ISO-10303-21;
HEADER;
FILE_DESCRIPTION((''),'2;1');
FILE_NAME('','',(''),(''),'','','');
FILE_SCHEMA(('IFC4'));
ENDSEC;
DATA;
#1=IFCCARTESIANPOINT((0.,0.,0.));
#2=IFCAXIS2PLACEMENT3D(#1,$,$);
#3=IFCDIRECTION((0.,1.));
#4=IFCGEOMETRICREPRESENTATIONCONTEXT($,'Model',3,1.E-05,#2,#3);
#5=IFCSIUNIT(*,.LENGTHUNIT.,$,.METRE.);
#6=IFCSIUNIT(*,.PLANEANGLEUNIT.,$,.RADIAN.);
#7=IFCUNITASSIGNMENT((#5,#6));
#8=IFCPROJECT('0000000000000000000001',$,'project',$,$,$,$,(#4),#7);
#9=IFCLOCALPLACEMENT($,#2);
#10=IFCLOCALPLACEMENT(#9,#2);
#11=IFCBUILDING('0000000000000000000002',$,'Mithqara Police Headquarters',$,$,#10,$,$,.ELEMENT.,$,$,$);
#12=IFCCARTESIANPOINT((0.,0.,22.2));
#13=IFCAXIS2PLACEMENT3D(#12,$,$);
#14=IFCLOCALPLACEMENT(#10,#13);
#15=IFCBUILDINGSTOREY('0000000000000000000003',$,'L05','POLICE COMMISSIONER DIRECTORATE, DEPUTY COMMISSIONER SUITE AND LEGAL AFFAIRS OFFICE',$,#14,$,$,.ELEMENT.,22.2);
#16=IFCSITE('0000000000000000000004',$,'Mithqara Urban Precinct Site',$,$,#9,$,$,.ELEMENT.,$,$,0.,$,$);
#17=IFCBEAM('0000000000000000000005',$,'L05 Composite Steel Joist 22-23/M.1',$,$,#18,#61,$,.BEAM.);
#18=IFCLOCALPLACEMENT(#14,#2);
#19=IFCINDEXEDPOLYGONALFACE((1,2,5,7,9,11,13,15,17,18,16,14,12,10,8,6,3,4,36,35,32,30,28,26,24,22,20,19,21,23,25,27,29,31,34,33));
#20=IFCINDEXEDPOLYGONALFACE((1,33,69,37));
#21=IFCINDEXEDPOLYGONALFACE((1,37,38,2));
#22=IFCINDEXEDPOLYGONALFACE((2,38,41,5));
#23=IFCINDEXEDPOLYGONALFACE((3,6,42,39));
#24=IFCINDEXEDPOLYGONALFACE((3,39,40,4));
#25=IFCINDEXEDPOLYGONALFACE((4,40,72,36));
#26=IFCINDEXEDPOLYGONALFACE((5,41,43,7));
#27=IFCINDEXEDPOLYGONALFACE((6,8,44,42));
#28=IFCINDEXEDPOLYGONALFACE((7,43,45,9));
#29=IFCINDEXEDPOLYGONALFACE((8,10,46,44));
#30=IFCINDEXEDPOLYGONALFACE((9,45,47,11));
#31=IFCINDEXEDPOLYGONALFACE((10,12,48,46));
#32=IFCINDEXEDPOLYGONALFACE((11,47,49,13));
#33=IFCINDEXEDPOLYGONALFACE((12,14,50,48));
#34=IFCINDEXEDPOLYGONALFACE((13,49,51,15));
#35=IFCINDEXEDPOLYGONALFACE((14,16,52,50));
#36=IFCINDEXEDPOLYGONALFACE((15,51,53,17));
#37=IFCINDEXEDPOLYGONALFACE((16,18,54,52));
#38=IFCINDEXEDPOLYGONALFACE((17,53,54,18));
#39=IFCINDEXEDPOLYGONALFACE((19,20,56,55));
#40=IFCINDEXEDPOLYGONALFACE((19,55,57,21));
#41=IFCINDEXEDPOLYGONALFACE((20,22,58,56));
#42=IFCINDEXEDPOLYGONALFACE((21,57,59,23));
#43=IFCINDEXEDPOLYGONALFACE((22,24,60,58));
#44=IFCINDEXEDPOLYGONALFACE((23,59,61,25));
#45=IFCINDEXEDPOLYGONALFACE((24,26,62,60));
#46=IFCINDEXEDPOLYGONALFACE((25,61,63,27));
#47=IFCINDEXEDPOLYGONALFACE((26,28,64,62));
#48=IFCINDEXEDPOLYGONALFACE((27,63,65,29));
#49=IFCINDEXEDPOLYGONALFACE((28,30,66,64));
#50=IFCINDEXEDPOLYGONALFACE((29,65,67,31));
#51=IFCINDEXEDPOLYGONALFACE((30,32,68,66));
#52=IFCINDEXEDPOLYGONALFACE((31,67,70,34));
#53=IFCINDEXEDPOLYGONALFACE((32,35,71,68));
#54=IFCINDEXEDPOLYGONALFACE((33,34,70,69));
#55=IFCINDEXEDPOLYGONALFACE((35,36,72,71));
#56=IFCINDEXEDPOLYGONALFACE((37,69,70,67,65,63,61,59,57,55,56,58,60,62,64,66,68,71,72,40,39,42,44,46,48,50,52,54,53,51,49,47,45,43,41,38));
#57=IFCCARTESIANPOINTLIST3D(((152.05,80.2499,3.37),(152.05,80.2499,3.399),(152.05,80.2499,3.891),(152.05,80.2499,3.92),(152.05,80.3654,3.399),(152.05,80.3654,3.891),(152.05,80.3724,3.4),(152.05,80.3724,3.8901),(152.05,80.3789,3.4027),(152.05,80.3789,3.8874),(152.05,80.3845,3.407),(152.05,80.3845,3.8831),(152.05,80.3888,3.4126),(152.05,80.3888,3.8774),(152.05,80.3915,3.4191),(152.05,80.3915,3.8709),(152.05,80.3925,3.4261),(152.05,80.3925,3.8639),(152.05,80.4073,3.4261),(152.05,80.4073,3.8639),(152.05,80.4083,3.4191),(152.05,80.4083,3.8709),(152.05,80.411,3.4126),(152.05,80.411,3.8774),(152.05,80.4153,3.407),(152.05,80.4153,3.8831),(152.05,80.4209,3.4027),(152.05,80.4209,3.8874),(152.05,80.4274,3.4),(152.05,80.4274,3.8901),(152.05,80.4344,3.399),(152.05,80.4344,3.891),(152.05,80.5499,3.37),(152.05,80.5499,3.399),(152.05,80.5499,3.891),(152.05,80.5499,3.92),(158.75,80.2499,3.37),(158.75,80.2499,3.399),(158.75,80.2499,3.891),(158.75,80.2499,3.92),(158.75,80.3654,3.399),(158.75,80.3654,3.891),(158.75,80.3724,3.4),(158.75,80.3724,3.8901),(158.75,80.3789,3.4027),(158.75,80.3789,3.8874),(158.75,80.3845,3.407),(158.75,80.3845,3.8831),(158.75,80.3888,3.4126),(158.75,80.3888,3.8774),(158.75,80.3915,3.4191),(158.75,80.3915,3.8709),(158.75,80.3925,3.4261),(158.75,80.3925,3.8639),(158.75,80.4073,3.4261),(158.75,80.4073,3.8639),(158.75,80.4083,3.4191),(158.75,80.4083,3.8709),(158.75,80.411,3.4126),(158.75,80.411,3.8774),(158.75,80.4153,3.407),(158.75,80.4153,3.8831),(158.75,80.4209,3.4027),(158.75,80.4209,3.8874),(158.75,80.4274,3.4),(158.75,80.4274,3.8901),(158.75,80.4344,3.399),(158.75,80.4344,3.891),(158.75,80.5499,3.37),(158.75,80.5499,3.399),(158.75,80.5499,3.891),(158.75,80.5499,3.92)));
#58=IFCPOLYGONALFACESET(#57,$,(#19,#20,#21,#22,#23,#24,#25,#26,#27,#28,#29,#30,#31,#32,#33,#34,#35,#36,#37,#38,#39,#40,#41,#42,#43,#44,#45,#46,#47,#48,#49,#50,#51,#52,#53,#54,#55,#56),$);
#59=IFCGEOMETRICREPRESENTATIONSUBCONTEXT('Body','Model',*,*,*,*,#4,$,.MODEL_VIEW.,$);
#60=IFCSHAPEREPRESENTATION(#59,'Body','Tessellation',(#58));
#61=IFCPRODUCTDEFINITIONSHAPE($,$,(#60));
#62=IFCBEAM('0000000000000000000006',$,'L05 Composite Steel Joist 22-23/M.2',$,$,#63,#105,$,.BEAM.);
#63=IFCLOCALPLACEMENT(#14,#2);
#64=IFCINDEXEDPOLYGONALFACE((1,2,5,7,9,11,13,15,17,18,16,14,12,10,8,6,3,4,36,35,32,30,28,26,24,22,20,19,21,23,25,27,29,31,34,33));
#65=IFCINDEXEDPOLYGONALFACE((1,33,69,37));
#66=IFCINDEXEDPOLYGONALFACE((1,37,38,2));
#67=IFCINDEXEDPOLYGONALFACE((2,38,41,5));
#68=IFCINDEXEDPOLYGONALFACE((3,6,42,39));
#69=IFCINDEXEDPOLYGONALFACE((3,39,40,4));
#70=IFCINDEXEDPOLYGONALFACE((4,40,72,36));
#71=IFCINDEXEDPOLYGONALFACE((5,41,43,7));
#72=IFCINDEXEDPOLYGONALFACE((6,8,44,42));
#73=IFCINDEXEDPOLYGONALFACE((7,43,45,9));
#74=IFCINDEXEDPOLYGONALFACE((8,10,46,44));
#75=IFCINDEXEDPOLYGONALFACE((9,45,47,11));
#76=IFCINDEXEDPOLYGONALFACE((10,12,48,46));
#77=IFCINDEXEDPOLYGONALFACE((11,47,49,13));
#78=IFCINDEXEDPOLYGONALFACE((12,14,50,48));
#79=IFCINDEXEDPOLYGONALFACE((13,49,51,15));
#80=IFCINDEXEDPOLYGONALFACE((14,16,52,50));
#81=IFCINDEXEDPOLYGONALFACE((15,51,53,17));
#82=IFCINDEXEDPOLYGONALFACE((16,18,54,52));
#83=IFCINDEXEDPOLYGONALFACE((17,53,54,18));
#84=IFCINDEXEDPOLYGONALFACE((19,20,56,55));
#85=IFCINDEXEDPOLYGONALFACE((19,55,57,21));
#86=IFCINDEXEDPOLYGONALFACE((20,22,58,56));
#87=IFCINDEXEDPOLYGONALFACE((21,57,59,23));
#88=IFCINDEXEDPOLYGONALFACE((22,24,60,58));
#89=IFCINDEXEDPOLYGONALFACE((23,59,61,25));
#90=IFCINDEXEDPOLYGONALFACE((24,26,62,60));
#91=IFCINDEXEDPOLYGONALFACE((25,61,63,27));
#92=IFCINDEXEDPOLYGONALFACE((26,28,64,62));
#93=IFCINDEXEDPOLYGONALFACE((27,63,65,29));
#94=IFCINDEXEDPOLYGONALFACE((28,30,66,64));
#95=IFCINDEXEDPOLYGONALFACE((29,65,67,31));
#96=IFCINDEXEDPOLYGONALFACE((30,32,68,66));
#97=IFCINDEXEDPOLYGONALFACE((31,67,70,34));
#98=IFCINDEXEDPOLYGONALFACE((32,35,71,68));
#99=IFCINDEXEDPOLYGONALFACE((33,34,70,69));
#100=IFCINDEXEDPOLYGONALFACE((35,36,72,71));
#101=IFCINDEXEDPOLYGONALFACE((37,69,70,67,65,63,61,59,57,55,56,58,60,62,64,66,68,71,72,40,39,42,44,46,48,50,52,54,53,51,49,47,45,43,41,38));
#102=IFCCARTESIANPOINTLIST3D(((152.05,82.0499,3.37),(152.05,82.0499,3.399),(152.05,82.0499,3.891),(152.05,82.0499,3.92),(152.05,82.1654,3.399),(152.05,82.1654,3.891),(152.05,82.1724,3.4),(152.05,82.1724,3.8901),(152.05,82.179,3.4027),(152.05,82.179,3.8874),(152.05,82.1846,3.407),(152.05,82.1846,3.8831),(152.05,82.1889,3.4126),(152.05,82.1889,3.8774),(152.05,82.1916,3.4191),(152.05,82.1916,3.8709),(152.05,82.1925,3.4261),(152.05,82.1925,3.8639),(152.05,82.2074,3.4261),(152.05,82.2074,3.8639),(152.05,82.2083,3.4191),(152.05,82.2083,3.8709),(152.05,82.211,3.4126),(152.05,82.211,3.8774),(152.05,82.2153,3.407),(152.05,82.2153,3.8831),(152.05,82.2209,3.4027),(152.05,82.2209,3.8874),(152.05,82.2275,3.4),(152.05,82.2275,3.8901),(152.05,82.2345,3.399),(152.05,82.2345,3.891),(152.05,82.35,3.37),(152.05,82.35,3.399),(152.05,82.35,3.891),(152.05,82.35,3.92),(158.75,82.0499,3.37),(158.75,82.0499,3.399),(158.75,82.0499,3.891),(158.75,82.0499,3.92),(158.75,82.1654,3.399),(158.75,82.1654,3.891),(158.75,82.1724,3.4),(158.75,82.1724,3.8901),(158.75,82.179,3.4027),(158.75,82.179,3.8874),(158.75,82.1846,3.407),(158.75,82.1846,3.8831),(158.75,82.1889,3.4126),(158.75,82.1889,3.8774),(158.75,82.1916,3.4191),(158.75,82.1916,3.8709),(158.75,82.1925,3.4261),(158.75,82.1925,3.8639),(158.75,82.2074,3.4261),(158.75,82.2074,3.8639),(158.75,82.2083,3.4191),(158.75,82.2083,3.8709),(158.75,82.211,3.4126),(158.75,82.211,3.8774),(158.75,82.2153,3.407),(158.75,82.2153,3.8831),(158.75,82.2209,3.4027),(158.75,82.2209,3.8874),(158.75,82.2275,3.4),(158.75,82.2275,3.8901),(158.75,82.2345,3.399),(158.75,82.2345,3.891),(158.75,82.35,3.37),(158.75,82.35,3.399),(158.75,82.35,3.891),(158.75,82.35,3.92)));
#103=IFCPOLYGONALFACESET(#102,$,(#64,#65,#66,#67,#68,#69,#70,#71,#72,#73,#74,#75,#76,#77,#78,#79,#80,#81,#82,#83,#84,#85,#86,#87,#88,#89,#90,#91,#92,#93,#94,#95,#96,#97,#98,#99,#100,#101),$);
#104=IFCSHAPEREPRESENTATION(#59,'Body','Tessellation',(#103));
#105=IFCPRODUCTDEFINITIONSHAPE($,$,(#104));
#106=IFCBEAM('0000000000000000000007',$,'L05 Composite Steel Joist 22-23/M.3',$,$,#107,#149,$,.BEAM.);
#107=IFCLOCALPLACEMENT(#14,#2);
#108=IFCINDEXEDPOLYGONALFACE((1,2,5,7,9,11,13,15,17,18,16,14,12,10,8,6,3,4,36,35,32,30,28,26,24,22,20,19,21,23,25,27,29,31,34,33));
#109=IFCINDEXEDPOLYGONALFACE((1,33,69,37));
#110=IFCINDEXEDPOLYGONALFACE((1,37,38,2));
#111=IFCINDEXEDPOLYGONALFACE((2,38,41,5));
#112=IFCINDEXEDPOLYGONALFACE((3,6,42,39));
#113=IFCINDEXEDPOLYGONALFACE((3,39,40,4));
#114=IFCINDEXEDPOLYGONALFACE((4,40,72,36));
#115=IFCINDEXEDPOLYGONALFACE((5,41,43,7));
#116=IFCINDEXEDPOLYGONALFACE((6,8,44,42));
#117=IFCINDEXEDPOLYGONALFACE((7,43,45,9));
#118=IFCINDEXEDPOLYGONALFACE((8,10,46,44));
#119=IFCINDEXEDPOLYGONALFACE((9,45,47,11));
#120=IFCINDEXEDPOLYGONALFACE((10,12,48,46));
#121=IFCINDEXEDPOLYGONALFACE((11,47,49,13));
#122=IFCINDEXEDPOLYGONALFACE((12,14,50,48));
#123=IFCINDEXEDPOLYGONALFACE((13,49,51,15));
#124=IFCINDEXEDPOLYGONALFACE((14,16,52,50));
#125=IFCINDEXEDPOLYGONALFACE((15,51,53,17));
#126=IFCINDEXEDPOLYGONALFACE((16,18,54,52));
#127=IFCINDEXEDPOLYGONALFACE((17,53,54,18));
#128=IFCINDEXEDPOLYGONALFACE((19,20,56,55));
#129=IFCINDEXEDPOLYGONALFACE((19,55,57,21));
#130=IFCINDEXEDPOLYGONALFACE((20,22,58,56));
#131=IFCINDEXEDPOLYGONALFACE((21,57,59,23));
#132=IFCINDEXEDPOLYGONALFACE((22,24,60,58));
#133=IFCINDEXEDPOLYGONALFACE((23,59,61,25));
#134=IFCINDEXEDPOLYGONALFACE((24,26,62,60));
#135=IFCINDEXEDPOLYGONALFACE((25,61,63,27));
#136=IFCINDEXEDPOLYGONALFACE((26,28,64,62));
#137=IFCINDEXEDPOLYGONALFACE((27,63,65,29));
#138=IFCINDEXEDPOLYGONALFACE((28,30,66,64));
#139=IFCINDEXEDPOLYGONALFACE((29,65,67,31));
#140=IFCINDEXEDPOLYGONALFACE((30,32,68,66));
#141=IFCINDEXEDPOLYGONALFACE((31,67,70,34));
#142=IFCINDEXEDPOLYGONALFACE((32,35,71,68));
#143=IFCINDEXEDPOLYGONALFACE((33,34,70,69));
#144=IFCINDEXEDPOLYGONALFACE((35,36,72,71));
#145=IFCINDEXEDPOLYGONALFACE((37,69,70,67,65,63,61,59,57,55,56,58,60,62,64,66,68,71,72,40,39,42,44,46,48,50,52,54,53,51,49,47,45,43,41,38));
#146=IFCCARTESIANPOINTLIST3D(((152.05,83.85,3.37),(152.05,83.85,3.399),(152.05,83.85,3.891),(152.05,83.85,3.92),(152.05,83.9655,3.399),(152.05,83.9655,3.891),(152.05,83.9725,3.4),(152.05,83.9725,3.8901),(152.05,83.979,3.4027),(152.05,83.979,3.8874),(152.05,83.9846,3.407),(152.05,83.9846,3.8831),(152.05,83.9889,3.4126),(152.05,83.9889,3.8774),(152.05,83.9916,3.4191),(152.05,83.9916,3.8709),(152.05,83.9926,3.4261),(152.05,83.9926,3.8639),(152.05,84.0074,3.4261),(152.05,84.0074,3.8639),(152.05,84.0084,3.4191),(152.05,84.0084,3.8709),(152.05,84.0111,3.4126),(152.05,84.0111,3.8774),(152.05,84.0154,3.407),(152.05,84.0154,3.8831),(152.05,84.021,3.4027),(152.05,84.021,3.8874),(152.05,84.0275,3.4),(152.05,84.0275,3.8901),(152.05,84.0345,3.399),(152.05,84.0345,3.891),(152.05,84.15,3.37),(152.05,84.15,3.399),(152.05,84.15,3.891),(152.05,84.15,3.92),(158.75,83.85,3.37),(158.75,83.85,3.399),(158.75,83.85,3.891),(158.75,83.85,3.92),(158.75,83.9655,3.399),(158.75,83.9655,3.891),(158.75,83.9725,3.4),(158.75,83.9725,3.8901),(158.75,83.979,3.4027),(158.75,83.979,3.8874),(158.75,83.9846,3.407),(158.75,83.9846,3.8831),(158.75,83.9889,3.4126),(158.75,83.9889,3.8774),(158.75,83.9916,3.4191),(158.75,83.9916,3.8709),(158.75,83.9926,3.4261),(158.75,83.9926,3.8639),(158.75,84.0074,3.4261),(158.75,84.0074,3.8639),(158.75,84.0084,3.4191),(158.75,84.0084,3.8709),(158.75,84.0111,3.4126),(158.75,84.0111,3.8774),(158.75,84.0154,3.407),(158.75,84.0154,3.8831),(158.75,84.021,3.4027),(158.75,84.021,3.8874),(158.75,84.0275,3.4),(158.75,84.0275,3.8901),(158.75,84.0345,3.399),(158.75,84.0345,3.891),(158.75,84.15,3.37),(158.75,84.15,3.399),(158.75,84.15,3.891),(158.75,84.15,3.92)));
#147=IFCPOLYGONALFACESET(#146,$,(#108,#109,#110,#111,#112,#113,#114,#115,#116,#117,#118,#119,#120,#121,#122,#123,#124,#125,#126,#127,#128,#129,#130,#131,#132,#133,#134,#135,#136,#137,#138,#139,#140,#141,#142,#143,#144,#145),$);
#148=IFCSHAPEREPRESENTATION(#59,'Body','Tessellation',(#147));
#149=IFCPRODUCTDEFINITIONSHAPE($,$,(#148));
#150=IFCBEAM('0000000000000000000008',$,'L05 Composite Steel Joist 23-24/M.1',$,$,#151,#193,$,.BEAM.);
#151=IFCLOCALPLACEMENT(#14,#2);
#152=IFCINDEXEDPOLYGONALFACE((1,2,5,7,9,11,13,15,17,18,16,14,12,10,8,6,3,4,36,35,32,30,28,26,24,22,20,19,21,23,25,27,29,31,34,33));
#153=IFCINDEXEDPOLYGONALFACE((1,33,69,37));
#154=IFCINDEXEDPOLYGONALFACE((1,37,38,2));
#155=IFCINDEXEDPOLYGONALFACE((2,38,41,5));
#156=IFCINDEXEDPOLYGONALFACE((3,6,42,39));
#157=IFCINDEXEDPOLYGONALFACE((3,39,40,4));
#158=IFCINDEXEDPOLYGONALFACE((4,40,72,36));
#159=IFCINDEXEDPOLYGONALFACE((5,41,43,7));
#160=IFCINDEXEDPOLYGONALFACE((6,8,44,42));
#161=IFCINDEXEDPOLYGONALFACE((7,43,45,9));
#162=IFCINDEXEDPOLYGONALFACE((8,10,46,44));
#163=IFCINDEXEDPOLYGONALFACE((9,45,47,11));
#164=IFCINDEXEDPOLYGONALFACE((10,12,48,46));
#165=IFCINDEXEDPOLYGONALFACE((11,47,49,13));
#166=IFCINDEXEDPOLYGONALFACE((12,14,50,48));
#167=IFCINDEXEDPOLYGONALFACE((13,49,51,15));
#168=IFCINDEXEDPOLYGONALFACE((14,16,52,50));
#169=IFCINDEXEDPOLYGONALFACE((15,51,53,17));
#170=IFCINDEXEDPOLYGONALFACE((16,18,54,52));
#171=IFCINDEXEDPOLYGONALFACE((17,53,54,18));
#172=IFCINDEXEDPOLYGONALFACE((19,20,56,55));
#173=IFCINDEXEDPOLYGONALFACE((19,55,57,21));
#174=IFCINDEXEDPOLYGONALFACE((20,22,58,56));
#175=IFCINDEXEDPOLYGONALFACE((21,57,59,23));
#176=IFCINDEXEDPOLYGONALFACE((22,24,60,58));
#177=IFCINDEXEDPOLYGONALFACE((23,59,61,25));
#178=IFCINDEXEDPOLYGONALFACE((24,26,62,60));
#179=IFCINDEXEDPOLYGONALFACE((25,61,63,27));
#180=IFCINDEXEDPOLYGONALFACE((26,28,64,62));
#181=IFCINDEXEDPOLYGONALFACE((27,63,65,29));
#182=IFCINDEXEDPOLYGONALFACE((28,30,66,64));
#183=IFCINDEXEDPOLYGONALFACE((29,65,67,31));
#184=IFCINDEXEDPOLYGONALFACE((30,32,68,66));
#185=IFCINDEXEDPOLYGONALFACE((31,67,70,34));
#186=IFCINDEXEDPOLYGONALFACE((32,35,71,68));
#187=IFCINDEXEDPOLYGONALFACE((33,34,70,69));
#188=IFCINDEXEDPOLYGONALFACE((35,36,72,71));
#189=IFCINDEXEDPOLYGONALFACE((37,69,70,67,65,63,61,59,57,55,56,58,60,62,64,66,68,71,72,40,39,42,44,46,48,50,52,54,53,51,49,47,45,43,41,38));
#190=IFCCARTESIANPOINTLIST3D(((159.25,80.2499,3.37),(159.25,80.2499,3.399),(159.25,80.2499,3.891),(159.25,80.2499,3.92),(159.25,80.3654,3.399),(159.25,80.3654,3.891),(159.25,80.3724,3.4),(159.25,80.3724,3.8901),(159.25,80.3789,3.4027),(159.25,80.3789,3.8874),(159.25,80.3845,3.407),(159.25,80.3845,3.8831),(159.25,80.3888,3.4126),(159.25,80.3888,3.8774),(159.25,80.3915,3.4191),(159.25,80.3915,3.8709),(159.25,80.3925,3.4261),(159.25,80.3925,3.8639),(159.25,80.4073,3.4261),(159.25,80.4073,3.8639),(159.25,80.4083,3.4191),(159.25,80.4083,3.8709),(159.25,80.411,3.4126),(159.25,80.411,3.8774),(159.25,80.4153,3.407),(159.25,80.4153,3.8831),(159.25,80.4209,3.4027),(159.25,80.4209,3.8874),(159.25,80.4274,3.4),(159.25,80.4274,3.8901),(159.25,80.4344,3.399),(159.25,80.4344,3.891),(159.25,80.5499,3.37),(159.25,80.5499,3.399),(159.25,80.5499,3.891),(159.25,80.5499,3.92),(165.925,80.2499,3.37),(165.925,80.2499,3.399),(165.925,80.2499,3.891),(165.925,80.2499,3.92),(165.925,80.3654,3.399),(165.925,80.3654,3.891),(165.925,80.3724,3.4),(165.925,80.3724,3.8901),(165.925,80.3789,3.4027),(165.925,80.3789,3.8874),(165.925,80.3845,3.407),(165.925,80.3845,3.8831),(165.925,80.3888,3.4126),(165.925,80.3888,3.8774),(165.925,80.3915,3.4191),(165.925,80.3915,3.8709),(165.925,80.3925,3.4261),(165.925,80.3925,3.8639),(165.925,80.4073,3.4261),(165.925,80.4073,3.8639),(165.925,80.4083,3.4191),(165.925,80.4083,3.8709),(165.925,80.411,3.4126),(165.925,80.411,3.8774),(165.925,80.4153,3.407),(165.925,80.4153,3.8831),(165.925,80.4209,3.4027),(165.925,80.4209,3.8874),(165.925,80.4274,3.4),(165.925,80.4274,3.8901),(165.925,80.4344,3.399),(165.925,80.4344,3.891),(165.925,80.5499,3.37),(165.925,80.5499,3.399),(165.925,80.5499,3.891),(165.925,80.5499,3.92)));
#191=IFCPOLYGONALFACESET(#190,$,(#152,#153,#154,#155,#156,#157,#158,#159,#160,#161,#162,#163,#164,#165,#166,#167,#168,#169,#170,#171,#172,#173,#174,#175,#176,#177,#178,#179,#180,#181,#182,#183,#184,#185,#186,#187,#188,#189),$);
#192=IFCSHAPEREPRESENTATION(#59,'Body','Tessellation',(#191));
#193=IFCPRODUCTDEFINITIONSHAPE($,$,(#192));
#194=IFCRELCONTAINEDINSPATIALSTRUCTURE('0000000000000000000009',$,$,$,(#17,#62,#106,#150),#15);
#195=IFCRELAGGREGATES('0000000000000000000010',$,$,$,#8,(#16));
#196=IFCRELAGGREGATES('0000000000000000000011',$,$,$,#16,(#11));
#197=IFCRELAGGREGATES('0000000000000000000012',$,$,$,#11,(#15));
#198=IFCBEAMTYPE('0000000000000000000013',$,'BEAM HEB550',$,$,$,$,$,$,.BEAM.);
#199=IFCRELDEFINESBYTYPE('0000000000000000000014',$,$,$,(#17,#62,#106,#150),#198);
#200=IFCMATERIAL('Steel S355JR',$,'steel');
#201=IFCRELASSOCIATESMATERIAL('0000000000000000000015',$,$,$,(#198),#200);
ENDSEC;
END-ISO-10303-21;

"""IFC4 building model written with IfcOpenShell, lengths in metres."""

from ifc_helpers import new_model, si_unit, direction, frame, origin, origin_2d, place, context, subcontext, project, spatial, i_section, extrude, material, material_profile, profile_set, type_object, element, save


model = new_model("IFC4")

# Units and contexts
model_context = context("Model", 3, precision=1e-05, world=origin(), true_north=direction((0.0, 1.0)))
body_context = subcontext(model_context, "Body", "Model", "MODEL_VIEW")
ifc_project = project(units=[si_unit("LENGTHUNIT", "METRE"), si_unit("PLANEANGLEUNIT", "RADIAN")], contexts=[model_context])

# Site, building, storey
site_placement = place(None, origin())
site = spatial("IfcSite", under=ifc_project, at=site_placement, Name="Mithqara Urban Precinct Site", CompositionType="ELEMENT", RefElevation=0.0)
building_placement = place(site_placement, origin())
building = spatial("IfcBuilding", under=site, at=building_placement, Name="Mithqara Police Headquarters", CompositionType="ELEMENT")
storey_placement = place(building_placement, frame((0.0, 0.0, 22.2)))
storey = spatial("IfcBuildingStorey", under=building, at=storey_placement, Name="L05", Description="POLICE COMMISSIONER DIRECTORATE, DEPUTY COMMISSIONER SUITE AND LEGAL AFFAIRS OFFICE", CompositionType="ELEMENT", Elevation=22.2)

# Beams
ifc_material_1 = material(Name="Steel S355JR", Category="steel")
ifc_material_profile_1 = material_profile(ifc_material_1, i_section(OverallWidth=0.3, OverallDepth=0.55, WebThickness=0.0149, FlangeThickness=0.0291, FilletRadius=0.0271, at=origin_2d()), Name="HEB 550")
ifc_profile_set_1 = profile_set([ifc_material_profile_1], Name="Steel S355JR")
beam_type_1 = type_object("IfcBeamType", Name="BEAM HEB550", PredefinedType="BEAM", material=ifc_profile_set_1)
for number, where, z_axis, x_axis, name in (
    (1, (152.05, 80.3999, 3.645), (1.0, 0.0, 0.0), (0.0, 1.0, 0.0), "L05 Composite Steel Joist 22-23/M.1"),
    (2, (152.05, 82.2, 3.645), (1.0, 0.0, 0.0), (0.0, 1.0, 0.0), "L05 Composite Steel Joist 22-23/M.2"),
    (3, (152.05, 84.0, 3.645), (1.0, 0.0, 0.0), (0.0, 1.0, 0.0), "L05 Composite Steel Joist 22-23/M.3"),
):
    element("IfcBeam", number, at=place(storey_placement, frame(where, z_axis=z_axis, x_axis=x_axis)), inside=storey, type_object=beam_type_1, Name=name, PredefinedType="BEAM", context=body_context, shape_type="SweptSolid", body=[
        extrude(i_section(OverallWidth=0.3, OverallDepth=0.55, WebThickness=0.0149, FlangeThickness=0.0291, FilletRadius=0.0271, at=origin_2d()), origin(), (0.0, 0.0, 1.0), 6.7),
    ])
for number, where, z_axis, x_axis, name in (
    (4, (159.25, 80.3999, 3.645), (1.0, 0.0, 0.0), (0.0, 1.0, 0.0), "L05 Composite Steel Joist 23-24/M.1"),
):
    element("IfcBeam", number, at=place(storey_placement, frame(where, z_axis=z_axis, x_axis=x_axis)), inside=storey, type_object=beam_type_1, Name=name, PredefinedType="BEAM", context=body_context, shape_type="SweptSolid", body=[
        extrude(i_section(OverallWidth=0.3, OverallDepth=0.55, WebThickness=0.0149, FlangeThickness=0.0291, FilletRadius=0.0271, at=origin_2d()), origin(), (0.0, 0.0, 1.0), 6.675),
    ])

save(model, "model.ifc")
